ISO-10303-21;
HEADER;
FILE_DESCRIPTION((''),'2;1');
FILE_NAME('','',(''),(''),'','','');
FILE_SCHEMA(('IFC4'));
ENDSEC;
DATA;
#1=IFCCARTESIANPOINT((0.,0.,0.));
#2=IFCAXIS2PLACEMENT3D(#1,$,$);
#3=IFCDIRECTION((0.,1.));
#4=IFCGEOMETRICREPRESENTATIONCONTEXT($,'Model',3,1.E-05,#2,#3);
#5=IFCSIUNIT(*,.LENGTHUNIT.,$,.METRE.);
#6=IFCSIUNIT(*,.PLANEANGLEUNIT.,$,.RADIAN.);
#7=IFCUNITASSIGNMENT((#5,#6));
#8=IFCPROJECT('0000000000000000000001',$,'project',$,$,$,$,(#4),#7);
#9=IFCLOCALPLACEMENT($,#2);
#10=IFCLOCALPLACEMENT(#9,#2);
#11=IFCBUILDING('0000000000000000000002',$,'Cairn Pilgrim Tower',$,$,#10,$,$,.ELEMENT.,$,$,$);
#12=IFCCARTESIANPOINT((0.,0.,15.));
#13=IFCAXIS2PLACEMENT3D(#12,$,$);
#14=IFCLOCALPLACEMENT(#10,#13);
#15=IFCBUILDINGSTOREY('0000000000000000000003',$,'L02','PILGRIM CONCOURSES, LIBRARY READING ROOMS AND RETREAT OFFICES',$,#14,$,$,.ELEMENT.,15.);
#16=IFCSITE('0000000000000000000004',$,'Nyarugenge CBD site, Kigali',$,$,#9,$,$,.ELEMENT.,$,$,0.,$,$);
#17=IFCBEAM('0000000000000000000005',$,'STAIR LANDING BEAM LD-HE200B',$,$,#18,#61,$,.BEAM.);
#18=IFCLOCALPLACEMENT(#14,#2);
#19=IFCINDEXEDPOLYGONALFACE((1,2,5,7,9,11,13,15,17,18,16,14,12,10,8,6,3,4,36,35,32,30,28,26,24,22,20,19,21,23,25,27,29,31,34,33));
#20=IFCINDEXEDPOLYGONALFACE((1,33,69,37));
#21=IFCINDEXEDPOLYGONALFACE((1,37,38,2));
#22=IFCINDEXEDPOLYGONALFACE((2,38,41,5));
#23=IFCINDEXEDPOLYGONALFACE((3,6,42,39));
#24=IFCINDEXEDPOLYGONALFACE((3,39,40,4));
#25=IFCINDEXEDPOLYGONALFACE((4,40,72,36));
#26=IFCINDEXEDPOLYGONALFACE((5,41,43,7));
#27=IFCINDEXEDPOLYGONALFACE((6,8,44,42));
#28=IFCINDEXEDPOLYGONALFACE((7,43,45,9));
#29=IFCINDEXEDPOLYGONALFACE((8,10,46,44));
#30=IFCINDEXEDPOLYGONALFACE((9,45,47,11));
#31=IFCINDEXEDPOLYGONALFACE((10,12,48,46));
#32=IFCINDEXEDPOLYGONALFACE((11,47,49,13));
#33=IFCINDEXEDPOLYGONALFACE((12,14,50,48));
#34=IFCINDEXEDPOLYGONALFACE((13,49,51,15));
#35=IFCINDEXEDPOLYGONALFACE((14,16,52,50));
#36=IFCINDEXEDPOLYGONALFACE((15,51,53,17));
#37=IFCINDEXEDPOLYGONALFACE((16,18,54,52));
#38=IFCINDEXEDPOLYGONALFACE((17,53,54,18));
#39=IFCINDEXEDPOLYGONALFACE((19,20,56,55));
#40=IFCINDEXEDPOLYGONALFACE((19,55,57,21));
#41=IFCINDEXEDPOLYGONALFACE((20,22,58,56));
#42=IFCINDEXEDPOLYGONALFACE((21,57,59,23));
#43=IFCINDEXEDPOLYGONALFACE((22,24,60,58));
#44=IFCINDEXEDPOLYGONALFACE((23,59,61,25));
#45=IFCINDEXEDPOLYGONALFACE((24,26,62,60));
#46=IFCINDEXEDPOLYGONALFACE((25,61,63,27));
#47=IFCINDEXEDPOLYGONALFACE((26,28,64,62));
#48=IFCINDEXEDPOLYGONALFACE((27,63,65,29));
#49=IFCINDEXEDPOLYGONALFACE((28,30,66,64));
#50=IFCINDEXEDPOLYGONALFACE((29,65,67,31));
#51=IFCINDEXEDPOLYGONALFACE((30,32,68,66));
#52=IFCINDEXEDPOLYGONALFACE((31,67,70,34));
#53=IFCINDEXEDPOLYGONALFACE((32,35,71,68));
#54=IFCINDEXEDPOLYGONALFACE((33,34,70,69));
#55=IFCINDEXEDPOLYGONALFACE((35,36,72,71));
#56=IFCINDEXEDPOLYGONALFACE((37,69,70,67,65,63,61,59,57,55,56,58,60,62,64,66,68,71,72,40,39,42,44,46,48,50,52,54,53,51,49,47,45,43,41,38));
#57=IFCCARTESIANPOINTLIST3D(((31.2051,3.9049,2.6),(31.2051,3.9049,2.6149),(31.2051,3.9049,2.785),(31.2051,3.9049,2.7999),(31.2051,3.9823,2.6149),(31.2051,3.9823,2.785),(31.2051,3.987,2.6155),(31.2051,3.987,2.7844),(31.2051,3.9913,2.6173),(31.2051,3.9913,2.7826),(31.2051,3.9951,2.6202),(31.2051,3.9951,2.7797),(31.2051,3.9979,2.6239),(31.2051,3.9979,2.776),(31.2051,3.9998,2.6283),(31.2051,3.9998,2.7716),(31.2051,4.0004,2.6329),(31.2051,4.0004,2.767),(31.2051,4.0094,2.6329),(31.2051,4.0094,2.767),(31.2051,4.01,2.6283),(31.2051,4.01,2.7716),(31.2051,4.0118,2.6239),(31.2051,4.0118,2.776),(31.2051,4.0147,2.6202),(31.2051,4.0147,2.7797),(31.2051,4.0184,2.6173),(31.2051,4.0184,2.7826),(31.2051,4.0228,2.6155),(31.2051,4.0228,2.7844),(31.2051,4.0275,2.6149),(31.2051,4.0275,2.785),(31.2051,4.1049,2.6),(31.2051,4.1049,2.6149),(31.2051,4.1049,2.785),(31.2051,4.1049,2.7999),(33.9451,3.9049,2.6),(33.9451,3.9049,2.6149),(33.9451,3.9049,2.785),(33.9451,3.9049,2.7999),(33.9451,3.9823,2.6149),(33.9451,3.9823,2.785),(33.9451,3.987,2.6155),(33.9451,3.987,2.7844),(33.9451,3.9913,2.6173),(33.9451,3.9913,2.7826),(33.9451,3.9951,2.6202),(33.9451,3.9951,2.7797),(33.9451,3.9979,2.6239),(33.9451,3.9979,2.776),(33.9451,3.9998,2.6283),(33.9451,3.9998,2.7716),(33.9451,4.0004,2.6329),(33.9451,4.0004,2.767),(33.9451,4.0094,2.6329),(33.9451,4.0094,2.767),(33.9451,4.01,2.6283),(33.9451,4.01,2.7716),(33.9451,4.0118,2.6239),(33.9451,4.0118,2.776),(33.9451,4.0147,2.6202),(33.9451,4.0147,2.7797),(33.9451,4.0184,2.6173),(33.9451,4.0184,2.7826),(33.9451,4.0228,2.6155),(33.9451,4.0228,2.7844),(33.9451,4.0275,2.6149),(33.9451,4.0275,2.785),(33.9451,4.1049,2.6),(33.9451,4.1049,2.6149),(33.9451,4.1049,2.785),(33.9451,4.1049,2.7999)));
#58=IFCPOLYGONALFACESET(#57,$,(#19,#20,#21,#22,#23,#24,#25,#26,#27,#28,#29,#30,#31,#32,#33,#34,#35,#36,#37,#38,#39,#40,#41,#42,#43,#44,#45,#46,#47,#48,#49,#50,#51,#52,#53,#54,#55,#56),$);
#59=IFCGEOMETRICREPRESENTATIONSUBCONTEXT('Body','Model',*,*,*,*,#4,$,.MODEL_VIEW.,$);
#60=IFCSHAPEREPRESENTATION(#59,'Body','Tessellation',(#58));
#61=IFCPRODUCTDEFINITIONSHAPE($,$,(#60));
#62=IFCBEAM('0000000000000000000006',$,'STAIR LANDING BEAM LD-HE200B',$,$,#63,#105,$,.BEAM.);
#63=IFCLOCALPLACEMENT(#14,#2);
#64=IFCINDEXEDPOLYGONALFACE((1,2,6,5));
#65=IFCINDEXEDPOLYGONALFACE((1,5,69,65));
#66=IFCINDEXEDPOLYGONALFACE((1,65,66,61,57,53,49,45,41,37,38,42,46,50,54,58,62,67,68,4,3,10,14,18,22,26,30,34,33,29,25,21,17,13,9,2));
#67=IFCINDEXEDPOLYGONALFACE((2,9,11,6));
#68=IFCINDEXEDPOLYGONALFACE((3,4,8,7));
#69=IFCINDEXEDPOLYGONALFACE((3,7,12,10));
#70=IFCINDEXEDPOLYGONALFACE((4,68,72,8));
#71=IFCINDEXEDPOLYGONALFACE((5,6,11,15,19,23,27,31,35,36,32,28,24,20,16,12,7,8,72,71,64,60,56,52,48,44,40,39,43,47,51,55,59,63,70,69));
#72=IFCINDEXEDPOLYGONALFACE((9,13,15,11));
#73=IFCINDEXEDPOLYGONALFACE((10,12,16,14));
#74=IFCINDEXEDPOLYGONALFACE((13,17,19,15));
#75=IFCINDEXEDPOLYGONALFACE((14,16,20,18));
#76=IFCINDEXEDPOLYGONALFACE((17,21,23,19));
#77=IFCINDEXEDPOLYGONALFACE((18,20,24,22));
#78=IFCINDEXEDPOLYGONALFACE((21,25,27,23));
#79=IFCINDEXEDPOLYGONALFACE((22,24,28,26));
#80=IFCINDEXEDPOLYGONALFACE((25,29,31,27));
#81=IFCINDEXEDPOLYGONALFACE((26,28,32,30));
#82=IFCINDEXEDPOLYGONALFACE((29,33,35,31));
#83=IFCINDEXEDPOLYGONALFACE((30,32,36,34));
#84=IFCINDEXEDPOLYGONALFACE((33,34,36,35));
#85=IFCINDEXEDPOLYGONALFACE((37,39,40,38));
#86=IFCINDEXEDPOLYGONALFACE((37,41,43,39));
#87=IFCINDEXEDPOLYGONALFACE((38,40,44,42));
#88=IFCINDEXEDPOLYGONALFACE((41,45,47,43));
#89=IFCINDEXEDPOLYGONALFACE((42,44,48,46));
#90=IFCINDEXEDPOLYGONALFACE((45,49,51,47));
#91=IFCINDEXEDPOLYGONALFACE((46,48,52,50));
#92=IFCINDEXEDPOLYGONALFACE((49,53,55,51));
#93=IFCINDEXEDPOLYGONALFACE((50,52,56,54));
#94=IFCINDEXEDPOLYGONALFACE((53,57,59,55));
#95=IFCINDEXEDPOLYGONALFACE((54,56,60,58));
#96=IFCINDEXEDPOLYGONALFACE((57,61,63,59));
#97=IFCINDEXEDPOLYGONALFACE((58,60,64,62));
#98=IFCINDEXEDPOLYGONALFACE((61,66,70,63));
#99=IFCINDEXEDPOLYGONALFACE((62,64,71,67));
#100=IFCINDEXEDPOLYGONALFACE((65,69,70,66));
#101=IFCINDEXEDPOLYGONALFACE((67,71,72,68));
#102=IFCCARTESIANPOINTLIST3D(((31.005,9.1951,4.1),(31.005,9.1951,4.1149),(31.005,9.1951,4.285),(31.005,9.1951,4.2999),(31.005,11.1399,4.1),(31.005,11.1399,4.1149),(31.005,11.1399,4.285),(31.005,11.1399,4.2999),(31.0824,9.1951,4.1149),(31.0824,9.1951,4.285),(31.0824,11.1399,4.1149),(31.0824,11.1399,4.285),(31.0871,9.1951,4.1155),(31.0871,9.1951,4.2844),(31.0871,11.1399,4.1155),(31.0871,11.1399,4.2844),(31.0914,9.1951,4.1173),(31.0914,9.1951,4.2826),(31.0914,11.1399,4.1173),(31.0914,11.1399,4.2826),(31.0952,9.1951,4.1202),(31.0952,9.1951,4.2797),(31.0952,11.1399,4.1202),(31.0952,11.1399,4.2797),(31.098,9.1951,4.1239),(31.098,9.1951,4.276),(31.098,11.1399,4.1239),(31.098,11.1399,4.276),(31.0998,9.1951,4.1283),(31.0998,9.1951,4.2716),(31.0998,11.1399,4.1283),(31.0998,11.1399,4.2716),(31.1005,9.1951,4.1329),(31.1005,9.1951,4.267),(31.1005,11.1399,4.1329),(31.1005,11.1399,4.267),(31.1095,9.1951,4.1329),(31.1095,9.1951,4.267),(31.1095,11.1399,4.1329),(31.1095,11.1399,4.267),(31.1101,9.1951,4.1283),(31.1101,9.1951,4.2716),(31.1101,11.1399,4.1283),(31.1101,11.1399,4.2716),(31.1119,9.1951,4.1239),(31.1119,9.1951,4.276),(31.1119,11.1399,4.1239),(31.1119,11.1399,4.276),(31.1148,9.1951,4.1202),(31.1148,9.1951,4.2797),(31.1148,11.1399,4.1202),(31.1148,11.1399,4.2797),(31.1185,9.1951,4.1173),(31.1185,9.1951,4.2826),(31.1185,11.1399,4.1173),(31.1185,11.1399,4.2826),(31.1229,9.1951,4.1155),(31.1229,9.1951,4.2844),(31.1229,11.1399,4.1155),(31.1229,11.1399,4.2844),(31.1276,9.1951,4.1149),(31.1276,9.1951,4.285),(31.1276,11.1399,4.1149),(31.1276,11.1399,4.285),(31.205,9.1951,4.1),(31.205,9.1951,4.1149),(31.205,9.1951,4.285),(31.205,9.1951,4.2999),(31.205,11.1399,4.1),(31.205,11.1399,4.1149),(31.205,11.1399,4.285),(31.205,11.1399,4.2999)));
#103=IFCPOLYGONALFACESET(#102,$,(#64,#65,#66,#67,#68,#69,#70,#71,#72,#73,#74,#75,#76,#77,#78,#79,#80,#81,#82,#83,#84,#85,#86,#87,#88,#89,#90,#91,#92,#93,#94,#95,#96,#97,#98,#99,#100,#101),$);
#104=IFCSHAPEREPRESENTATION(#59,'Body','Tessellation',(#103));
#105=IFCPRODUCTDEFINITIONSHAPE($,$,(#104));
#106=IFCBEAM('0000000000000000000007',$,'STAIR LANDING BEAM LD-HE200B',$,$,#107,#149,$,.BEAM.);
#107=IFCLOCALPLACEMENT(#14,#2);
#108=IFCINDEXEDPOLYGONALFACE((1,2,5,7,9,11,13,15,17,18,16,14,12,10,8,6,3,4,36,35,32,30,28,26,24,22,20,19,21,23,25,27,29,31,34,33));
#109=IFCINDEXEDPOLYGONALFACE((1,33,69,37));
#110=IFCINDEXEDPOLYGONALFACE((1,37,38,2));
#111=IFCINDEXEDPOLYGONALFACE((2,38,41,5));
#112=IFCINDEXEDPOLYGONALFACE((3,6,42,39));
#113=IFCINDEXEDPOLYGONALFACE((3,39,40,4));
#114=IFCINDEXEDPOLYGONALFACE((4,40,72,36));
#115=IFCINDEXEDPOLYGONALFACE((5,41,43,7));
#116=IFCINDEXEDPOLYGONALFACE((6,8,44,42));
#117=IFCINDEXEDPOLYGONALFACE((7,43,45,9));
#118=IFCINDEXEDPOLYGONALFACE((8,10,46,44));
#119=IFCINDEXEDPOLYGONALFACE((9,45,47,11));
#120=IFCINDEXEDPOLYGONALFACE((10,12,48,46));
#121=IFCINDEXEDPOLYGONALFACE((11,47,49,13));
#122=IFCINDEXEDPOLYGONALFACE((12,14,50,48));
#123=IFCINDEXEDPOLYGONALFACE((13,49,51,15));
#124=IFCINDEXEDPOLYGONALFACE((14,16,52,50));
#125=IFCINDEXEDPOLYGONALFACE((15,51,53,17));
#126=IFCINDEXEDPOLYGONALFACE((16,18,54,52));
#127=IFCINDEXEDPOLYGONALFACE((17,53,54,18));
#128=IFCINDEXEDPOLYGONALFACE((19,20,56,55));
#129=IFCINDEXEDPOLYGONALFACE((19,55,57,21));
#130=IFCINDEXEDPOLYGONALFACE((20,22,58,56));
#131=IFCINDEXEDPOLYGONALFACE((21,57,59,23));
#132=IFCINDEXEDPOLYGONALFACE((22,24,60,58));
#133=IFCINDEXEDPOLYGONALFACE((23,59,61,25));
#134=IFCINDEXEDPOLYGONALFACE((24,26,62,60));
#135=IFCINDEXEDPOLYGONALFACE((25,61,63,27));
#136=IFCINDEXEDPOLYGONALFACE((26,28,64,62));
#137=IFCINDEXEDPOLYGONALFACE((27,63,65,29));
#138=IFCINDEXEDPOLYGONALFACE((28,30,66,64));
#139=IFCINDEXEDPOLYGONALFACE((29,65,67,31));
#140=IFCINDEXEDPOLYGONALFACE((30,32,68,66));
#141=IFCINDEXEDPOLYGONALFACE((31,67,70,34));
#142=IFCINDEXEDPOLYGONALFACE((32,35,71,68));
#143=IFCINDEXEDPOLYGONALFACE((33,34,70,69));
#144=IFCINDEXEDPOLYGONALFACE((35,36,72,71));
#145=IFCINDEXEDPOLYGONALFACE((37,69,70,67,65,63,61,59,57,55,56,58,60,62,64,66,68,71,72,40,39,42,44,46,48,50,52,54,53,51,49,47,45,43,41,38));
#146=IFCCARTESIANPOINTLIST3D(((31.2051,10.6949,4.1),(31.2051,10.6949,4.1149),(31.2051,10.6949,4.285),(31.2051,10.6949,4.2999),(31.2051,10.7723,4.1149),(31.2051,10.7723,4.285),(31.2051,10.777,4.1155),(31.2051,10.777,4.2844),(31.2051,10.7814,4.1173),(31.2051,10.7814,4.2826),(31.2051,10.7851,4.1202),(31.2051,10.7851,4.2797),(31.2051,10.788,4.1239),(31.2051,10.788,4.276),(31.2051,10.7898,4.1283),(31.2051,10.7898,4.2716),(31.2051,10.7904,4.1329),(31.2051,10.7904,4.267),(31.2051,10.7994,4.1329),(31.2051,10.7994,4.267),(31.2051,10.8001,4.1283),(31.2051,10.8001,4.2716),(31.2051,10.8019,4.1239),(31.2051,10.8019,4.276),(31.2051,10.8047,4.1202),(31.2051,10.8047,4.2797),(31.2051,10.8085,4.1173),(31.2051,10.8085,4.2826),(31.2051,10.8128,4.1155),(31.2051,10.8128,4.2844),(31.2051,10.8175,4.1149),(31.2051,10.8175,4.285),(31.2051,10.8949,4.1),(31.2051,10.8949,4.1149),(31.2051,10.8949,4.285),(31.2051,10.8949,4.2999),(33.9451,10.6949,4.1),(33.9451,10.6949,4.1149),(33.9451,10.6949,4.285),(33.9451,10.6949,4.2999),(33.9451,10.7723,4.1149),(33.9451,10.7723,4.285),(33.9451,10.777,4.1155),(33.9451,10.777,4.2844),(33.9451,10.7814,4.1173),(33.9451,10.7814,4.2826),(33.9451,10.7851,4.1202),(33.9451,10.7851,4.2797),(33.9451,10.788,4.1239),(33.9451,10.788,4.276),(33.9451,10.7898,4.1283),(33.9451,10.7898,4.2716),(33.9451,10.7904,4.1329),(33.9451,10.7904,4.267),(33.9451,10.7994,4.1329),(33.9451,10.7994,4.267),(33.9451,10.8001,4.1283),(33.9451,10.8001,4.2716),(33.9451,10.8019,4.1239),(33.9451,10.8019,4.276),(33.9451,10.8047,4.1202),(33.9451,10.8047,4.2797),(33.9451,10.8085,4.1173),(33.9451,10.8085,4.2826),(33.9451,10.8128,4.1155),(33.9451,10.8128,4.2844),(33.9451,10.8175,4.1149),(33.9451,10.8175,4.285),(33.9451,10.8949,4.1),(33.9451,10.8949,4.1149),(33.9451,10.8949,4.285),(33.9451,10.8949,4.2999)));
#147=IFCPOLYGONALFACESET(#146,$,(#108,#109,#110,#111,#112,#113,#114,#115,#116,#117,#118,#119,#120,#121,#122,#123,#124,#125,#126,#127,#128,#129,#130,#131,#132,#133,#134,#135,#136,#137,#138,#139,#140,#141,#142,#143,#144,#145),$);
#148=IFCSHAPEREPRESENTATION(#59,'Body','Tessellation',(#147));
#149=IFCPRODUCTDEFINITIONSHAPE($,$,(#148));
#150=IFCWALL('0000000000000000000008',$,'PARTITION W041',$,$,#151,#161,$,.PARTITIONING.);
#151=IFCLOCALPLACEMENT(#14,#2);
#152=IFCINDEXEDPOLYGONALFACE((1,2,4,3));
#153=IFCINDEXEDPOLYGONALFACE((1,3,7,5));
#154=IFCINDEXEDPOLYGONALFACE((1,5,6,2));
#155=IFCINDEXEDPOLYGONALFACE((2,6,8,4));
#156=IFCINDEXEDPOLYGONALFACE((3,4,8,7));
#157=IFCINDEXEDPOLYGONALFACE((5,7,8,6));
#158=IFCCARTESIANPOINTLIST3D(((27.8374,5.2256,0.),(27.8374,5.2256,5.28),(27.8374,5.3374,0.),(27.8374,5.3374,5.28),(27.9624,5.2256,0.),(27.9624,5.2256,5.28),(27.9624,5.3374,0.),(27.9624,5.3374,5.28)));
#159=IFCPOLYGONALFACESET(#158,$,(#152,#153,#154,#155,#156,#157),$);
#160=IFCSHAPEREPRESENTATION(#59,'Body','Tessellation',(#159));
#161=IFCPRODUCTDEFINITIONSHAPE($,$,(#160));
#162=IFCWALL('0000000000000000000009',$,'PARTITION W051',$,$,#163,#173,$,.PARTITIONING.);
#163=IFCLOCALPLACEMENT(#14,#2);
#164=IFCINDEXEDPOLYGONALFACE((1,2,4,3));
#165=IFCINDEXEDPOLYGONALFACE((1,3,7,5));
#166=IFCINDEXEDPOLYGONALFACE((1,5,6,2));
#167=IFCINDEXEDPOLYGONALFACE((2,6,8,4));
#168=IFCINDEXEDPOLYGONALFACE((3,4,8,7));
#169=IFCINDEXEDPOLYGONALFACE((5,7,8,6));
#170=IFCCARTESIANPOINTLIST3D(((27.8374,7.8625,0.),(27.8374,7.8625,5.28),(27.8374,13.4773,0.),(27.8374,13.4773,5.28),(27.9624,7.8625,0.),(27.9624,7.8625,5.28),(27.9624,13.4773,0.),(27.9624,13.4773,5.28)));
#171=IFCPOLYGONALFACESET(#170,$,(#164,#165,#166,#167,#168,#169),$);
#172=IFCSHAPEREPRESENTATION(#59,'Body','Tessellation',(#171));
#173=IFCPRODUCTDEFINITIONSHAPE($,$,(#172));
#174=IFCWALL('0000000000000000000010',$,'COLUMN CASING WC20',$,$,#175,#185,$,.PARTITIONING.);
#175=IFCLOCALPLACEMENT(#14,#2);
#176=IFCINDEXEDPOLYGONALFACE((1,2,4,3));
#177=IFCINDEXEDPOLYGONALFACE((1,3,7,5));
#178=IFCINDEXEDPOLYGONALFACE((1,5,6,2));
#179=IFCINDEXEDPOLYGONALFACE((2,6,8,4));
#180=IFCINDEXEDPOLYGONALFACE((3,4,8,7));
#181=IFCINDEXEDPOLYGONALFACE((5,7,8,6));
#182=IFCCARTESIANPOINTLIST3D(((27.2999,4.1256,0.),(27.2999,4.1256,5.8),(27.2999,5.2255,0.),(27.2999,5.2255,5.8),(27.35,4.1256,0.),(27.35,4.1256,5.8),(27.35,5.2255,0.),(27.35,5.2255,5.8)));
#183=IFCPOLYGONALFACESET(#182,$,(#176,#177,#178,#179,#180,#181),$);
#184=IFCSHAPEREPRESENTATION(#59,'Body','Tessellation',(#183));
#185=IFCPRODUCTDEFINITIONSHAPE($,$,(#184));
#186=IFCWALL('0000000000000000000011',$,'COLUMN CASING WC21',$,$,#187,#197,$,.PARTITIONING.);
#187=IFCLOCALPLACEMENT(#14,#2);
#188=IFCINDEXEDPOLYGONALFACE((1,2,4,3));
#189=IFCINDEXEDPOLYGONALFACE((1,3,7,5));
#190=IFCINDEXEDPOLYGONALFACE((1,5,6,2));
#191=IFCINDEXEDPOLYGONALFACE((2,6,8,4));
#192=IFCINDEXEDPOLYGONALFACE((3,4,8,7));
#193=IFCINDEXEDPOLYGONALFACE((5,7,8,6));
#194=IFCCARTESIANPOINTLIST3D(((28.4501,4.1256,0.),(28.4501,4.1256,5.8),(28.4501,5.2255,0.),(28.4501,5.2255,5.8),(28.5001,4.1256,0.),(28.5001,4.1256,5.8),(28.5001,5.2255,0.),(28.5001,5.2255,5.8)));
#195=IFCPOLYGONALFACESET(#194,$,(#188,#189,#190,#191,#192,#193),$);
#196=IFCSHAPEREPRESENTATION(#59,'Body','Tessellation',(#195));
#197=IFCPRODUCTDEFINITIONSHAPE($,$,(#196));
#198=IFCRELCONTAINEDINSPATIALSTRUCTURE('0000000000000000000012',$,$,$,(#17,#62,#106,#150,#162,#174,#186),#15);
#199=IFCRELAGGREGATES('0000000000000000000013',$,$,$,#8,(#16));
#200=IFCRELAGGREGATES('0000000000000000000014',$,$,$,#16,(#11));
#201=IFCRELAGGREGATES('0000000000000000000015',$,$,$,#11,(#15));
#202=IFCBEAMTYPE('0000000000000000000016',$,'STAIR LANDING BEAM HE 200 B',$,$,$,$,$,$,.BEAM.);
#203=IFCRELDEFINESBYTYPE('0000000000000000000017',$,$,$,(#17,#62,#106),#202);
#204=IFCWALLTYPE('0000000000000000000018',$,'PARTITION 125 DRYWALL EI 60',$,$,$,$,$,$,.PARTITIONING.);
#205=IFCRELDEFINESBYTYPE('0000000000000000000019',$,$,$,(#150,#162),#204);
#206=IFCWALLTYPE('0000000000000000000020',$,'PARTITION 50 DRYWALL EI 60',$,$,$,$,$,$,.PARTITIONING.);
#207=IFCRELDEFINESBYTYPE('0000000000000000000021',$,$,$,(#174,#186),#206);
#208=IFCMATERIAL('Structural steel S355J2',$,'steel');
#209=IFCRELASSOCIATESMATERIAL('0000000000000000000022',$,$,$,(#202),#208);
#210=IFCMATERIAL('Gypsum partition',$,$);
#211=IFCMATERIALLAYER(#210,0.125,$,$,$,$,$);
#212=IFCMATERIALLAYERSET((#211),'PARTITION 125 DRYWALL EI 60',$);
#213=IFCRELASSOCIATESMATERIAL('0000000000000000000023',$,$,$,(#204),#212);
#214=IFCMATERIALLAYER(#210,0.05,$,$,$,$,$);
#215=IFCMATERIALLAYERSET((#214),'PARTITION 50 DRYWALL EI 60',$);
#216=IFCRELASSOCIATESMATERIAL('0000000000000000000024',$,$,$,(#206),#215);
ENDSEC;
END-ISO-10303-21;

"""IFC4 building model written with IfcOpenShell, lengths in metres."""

from ifc_helpers import new_model, si_unit, direction, frame, frame_2d, origin, origin_2d, place, context, subcontext, project, spatial, rectangle, i_section, extrude, material, layer, layer_set, material_profile, profile_set, type_object, element, save


model = new_model("IFC4")

# Units and contexts
model_context = context("Model", 3, precision=1e-05, world=origin(), true_north=direction((0.0, 1.0)))
body_context = subcontext(model_context, "Body", "Model", "MODEL_VIEW")
ifc_project = project(units=[si_unit("LENGTHUNIT", "METRE"), si_unit("PLANEANGLEUNIT", "RADIAN")], contexts=[model_context])

# Site, building, storey
site_placement = place(None, origin())
site = spatial("IfcSite", under=ifc_project, at=site_placement, Name="Nyarugenge CBD site, Kigali", CompositionType="ELEMENT", RefElevation=0.0)
building_placement = place(site_placement, origin())
building = spatial("IfcBuilding", under=site, at=building_placement, Name="Cairn Pilgrim Tower", CompositionType="ELEMENT")
storey_placement = place(building_placement, frame((0.0, 0.0, 15.0)))
storey = spatial("IfcBuildingStorey", under=building, at=storey_placement, Name="L02", Description="PILGRIM CONCOURSES, LIBRARY READING ROOMS AND RETREAT OFFICES", CompositionType="ELEMENT", Elevation=15.0)

# Shared definitions
ifc_material_1 = material(Name="Structural steel S355J2", Category="steel")

# Beams
ifc_material_profile_1 = material_profile(ifc_material_1, i_section(OverallWidth=0.2, OverallDepth=0.2, WebThickness=0.009, FlangeThickness=0.0149, FilletRadius=0.0181, at=origin_2d()), Name="HE 200 B")
ifc_profile_set_1 = profile_set([ifc_material_profile_1], Name="Structural steel S355J2")
beam_type_1 = type_object("IfcBeamType", Name="STAIR LANDING BEAM HE 200 B", PredefinedType="BEAM", material=ifc_profile_set_1)
beam_1_placement = place(storey_placement, frame((31.2051, 4.0049, 2.7), z_axis=(1.0, 0.0, 0.0), x_axis=(0.0, 1.0, 0.0)))
element("IfcBeam", 1, at=beam_1_placement, inside=storey, type_object=beam_type_1, Name="STAIR LANDING BEAM LD-HE200B", PredefinedType="BEAM", context=body_context, shape_type="SweptSolid", body=[
    extrude(i_section(OverallWidth=0.2, OverallDepth=0.2, WebThickness=0.009, FlangeThickness=0.0149, FilletRadius=0.0181, at=origin_2d()), origin(), (0.0, 0.0, 1.0), 2.74),
])
beam_2_placement = place(storey_placement, frame((31.105, 11.1399, 4.2), z_axis=(0.0, -1.0, 0.0), x_axis=(1.0, 0.0, 0.0)))
element("IfcBeam", 2, at=beam_2_placement, inside=storey, type_object=beam_type_1, Name="STAIR LANDING BEAM LD-HE200B", PredefinedType="BEAM", context=body_context, shape_type="SweptSolid", body=[
    extrude(i_section(OverallWidth=0.2, OverallDepth=0.2, WebThickness=0.009, FlangeThickness=0.0149, FilletRadius=0.0181, at=origin_2d()), origin(), (0.0, 0.0, 1.0), 1.9448),
])
beam_3_placement = place(storey_placement, frame((31.2051, 10.7949, 4.2), z_axis=(1.0, 0.0, 0.0), x_axis=(0.0, 1.0, 0.0)))
element("IfcBeam", 3, at=beam_3_placement, inside=storey, type_object=beam_type_1, Name="STAIR LANDING BEAM LD-HE200B", PredefinedType="BEAM", context=body_context, shape_type="SweptSolid", body=[
    extrude(i_section(OverallWidth=0.2, OverallDepth=0.2, WebThickness=0.009, FlangeThickness=0.0149, FilletRadius=0.0181, at=origin_2d()), origin(), (0.0, 0.0, 1.0), 2.74),
])

# Walls
ifc_material_2 = material(Name="Gypsum partition")
ifc_layer_1 = layer(ifc_material_2, 0.125)
ifc_layer_set_1 = layer_set([ifc_layer_1], Name="PARTITION 125 DRYWALL EI 60")
wall_type_1 = type_object("IfcWallType", Name="PARTITION 125 DRYWALL EI 60", PredefinedType="PARTITIONING", material=ifc_layer_set_1)
wall_1_placement = place(storey_placement, frame((27.8999, 5.2256, 0.0), z_axis=(0.0, 0.0, 1.0), x_axis=(0.0, 1.0, 0.0)))
element("IfcWall", 4, at=wall_1_placement, inside=storey, type_object=wall_type_1, Name="PARTITION W041", PredefinedType="PARTITIONING", context=body_context, shape_type="SweptSolid", body=[
    extrude(rectangle(XDim=0.1118, YDim=0.125, at=frame_2d((0.0559, 0.0))), origin(), (0.0, 0.0, 1.0), 5.28),
])
wall_2_placement = place(storey_placement, frame((27.8999, 7.8625, 0.0), z_axis=(0.0, 0.0, 1.0), x_axis=(0.0, 1.0, 0.0)))
element("IfcWall", 5, at=wall_2_placement, inside=storey, type_object=wall_type_1, Name="PARTITION W051", PredefinedType="PARTITIONING", context=body_context, shape_type="SweptSolid", body=[
    extrude(rectangle(XDim=5.6147, YDim=0.125, at=frame_2d((2.8074, 0.0))), origin(), (0.0, 0.0, 1.0), 5.28),
])
ifc_layer_2 = layer(ifc_material_2, 0.05)
ifc_layer_set_2 = layer_set([ifc_layer_2], Name="PARTITION 50 DRYWALL EI 60")
wall_type_2 = type_object("IfcWallType", Name="PARTITION 50 DRYWALL EI 60", PredefinedType="PARTITIONING", material=ifc_layer_set_2)
for number, where, z_axis, x_axis, name in (
    (6, (27.325, 4.1257, 0.0), (0.0, 0.0, 1.0), (0.0, 1.0, 0.0), "COLUMN CASING WC20"),
    (7, (28.4751, 4.1257, 0.0), (0.0, 0.0, 1.0), (0.0, 1.0, 0.0), "COLUMN CASING WC21"),
):
    element("IfcWall", number, at=place(storey_placement, frame(where, z_axis=z_axis, x_axis=x_axis)), inside=storey, type_object=wall_type_2, Name=name, PredefinedType="PARTITIONING", context=body_context, shape_type="SweptSolid", body=[
        extrude(rectangle(XDim=1.0999, YDim=0.05, at=frame_2d((0.5498, 0.0))), origin(), (0.0, 0.0, 1.0), 5.8),
    ])

save(model, "model.ifc")
